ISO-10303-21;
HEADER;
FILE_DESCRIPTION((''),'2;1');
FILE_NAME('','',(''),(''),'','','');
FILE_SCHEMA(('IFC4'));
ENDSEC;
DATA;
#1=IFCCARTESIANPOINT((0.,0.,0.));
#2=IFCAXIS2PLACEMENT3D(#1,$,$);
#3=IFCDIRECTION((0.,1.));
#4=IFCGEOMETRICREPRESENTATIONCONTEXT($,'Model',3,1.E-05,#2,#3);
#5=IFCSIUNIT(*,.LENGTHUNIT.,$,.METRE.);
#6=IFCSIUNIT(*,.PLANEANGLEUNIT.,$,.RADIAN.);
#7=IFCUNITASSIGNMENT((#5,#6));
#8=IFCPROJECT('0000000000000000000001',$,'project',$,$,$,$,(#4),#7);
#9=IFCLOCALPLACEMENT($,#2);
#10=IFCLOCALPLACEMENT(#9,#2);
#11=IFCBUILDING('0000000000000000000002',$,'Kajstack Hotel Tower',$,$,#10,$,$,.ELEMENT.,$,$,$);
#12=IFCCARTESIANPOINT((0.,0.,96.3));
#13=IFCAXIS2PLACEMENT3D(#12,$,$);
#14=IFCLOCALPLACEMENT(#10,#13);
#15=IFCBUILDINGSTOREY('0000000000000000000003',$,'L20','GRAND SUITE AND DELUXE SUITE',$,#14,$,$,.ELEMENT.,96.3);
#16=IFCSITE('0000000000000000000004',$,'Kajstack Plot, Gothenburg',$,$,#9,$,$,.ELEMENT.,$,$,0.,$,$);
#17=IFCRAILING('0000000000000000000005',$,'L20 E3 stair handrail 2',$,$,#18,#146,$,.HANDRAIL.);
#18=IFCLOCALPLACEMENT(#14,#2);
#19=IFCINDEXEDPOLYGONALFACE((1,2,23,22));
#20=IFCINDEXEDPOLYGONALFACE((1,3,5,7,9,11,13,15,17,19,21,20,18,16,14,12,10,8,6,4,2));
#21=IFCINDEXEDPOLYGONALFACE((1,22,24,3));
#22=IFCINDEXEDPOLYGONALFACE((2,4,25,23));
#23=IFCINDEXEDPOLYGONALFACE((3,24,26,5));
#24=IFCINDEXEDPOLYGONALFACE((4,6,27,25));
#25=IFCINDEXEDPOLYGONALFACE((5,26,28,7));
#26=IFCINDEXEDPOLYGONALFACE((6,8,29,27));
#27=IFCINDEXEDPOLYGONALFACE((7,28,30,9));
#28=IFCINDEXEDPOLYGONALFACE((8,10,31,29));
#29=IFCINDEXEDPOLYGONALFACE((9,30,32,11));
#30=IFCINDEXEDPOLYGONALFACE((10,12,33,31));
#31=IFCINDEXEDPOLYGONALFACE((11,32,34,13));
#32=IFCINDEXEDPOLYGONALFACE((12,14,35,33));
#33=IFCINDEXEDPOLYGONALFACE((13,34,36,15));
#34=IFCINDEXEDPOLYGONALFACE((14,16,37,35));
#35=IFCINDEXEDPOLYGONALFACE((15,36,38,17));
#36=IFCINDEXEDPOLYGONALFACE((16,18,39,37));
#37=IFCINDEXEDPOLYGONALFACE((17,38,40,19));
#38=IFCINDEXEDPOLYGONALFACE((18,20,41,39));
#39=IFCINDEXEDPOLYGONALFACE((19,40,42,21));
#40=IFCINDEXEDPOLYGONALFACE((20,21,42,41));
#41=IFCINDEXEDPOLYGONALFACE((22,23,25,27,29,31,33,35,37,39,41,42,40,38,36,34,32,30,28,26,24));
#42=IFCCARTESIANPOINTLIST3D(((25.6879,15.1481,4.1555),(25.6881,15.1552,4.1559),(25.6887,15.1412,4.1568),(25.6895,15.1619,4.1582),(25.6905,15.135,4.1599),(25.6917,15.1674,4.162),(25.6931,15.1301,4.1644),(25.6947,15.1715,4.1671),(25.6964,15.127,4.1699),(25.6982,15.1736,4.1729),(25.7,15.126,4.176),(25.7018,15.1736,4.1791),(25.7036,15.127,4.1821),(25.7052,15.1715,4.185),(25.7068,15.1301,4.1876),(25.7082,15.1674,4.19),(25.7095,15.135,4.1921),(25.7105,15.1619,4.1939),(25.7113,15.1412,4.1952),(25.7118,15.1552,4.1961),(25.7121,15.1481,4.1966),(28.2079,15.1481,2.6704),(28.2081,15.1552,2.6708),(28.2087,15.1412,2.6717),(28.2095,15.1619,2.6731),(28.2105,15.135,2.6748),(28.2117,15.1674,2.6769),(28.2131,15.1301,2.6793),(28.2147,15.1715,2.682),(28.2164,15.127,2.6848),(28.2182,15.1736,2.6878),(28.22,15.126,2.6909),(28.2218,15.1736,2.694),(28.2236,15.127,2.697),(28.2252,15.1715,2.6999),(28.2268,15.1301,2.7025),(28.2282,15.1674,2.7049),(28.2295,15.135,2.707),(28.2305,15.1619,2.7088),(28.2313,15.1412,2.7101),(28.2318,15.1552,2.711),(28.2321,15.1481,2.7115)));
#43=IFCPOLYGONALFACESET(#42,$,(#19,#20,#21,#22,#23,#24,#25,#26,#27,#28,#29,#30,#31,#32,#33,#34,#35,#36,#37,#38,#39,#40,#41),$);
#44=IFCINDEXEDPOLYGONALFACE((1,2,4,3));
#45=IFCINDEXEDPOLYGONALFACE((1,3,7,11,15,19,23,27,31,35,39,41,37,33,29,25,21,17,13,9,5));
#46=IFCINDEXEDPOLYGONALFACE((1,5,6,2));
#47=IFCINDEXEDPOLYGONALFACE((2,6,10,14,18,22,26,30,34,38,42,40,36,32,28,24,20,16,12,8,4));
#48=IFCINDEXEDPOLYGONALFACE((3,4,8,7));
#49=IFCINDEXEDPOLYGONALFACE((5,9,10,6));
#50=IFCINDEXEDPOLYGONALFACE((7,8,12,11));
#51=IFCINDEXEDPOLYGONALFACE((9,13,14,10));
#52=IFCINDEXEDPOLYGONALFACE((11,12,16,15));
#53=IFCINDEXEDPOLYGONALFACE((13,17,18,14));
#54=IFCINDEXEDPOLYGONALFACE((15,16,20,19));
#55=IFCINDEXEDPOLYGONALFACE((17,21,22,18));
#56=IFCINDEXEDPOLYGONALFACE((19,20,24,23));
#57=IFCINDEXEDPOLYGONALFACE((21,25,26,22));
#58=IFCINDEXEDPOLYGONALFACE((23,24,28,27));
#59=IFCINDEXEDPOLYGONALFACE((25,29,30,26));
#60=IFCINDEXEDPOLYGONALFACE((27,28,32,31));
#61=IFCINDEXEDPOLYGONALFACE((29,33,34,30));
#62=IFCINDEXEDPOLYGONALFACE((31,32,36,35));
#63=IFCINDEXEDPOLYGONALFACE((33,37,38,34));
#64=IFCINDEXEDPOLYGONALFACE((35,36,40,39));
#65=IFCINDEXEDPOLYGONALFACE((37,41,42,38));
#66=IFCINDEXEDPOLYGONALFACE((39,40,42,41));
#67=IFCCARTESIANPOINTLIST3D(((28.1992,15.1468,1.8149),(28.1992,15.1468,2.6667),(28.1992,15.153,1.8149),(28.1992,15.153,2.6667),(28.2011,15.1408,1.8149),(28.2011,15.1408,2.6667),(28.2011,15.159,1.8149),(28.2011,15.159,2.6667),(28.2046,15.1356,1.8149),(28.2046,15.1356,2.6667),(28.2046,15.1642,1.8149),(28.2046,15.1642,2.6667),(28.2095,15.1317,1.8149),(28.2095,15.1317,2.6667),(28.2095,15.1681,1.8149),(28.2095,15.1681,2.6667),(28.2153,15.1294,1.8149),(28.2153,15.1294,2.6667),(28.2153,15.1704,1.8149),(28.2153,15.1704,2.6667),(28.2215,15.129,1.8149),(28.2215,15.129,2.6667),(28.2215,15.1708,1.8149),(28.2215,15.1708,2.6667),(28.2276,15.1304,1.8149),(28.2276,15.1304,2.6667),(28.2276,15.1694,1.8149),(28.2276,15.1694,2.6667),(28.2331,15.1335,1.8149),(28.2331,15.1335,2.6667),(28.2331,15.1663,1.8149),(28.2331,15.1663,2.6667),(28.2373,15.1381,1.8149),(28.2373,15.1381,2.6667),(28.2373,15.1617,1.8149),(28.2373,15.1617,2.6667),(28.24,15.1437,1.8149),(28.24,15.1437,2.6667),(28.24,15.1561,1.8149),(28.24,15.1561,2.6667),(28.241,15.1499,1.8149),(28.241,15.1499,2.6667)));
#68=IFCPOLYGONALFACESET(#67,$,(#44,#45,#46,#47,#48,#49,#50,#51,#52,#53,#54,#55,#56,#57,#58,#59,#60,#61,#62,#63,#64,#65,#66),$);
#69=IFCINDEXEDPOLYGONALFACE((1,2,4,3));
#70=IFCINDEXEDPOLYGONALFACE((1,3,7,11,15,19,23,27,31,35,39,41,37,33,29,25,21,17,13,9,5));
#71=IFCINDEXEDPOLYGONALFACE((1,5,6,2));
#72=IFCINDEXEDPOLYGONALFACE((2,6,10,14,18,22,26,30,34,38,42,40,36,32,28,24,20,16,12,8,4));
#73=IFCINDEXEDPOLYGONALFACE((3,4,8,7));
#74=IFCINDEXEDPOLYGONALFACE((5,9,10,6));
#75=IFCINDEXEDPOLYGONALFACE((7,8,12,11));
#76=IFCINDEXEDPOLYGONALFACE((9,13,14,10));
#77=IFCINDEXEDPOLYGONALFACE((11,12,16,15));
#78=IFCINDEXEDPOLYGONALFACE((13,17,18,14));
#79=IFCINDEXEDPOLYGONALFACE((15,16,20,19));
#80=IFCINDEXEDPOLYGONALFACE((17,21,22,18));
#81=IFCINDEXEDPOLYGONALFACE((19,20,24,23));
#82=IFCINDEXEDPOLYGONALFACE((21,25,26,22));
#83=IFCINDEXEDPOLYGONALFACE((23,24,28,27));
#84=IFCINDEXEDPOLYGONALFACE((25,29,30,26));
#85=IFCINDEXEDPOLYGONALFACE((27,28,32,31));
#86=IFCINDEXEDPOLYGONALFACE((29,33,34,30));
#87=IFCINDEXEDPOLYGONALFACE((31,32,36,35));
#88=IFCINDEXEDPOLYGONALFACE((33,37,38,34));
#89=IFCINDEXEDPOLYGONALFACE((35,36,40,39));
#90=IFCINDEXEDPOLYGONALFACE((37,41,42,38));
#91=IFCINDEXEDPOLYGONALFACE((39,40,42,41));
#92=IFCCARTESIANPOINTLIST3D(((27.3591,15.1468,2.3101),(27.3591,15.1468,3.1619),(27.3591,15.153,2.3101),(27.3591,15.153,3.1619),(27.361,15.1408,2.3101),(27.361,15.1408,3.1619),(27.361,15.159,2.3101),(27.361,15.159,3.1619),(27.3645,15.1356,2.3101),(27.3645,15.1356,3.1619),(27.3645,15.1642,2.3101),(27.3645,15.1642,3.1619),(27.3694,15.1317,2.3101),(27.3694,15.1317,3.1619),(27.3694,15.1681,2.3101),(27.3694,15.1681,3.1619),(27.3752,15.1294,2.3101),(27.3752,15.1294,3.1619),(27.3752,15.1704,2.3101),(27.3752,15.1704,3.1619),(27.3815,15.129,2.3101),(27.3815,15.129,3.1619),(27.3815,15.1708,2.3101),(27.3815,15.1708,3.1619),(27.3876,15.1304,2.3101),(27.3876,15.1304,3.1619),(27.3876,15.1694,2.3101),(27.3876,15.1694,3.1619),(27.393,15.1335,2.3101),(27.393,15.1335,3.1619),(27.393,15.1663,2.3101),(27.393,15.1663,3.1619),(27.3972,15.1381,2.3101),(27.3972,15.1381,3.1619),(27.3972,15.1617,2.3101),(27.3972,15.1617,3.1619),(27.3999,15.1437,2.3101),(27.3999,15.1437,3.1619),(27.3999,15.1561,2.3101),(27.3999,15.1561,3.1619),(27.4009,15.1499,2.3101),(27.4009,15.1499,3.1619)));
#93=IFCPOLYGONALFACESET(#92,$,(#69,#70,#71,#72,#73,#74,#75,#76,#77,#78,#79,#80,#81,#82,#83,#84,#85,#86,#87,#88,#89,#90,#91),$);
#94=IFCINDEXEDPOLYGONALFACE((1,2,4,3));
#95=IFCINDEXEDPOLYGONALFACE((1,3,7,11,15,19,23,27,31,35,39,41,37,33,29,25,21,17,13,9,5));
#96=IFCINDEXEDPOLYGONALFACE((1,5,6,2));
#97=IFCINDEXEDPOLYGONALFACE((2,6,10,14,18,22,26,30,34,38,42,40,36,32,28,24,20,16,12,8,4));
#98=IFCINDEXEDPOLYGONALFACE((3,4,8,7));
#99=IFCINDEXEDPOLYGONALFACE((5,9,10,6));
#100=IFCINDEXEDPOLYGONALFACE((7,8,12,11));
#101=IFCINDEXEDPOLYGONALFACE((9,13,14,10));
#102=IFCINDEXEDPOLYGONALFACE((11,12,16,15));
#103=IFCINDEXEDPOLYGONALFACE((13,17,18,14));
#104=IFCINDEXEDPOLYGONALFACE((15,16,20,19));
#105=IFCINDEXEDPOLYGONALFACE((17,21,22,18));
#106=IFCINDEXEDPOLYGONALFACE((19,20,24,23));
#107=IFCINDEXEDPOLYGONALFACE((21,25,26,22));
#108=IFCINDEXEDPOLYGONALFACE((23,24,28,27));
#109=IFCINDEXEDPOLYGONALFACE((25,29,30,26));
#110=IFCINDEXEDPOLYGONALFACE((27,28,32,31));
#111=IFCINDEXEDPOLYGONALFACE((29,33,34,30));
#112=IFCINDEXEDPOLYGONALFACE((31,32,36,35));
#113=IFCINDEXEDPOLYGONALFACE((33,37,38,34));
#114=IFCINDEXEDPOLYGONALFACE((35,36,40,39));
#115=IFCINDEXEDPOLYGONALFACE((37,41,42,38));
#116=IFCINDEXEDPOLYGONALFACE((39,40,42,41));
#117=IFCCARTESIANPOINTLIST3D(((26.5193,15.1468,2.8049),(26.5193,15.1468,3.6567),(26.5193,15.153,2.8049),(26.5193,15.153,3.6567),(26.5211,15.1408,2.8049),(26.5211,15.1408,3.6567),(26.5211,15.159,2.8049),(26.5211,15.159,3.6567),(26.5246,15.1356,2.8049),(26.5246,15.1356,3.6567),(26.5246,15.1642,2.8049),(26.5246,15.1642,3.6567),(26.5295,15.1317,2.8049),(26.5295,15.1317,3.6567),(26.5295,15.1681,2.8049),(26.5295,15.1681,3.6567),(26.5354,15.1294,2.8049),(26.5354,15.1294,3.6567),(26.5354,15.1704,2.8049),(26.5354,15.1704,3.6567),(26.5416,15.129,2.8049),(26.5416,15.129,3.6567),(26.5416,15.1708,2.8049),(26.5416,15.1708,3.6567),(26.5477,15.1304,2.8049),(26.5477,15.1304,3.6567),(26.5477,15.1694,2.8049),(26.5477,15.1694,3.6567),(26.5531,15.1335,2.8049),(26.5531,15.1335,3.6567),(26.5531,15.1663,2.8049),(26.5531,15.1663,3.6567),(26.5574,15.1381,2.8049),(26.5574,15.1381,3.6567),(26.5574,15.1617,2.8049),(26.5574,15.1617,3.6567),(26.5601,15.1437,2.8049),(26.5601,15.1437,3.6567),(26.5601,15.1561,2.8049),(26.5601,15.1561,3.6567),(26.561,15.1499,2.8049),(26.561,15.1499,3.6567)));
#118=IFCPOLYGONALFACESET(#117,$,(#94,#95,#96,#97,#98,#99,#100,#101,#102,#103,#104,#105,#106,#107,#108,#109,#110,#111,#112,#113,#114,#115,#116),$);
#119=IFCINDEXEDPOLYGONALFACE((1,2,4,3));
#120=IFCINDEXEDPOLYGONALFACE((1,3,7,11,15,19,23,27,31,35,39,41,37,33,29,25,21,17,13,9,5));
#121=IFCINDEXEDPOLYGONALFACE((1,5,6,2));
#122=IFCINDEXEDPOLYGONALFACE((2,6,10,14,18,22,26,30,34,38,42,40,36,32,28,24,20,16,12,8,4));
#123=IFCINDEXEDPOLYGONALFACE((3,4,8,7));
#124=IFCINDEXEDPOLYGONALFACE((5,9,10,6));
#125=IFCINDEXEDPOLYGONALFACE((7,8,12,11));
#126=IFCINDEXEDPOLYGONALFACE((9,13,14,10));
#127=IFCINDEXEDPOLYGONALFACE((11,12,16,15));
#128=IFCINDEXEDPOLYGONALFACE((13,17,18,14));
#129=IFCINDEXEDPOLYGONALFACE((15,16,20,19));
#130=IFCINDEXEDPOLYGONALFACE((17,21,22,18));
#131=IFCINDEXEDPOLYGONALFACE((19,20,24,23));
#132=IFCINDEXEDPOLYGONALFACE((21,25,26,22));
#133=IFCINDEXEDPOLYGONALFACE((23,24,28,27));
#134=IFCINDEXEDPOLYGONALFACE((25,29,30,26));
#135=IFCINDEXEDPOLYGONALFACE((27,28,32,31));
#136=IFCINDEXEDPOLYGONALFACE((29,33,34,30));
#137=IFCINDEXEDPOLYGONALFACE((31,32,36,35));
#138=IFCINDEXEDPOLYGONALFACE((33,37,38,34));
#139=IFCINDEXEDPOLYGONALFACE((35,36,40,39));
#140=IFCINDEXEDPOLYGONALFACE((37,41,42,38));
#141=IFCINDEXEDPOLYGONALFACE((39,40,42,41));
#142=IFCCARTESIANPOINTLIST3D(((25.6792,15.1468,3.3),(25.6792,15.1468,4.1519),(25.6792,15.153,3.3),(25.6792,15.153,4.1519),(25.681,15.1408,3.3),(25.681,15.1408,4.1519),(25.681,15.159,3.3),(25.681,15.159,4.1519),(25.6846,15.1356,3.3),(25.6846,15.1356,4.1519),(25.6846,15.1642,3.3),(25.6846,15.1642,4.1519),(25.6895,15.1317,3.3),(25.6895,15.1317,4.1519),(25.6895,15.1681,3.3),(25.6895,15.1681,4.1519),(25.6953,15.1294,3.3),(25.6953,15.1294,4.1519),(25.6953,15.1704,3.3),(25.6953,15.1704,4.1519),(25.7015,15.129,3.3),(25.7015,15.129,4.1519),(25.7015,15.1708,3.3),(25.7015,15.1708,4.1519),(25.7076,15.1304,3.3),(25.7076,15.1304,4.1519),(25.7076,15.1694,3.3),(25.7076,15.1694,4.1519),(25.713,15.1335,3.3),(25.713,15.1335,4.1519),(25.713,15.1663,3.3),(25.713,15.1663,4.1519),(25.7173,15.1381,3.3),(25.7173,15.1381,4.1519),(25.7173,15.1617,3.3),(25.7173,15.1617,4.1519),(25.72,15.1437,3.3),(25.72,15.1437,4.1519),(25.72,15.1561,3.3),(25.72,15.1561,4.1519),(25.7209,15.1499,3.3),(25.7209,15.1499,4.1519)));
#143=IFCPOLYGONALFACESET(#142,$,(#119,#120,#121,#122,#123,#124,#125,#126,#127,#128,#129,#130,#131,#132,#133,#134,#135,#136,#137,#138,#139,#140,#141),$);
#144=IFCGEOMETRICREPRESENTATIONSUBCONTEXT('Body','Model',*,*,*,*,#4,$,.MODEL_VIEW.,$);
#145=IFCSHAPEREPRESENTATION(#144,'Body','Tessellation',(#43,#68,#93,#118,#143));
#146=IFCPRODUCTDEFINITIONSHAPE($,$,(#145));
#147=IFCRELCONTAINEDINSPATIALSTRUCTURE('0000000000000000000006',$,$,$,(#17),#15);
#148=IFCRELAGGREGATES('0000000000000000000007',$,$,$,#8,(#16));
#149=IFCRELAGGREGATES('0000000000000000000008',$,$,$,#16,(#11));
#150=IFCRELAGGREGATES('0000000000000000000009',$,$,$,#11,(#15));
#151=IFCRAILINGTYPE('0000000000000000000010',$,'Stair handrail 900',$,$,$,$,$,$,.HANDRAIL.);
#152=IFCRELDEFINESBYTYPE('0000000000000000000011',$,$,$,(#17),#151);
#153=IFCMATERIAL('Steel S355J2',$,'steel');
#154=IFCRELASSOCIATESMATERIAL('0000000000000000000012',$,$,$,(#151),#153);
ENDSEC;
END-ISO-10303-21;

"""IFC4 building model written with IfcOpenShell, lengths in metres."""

from ifc_helpers import new_model, si_unit, direction, frame, origin, origin_2d, place, context, subcontext, project, spatial, circle, extrude, material, type_object, element, save


model = new_model("IFC4")

# Units and contexts
model_context = context("Model", 3, precision=1e-05, world=origin(), true_north=direction((0.0, 1.0)))
body_context = subcontext(model_context, "Body", "Model", "MODEL_VIEW")
ifc_project = project(units=[si_unit("LENGTHUNIT", "METRE"), si_unit("PLANEANGLEUNIT", "RADIAN")], contexts=[model_context])

# Site, building, storey
site_placement = place(None, origin())
site = spatial("IfcSite", under=ifc_project, at=site_placement, Name="Kajstack Plot, Gothenburg", CompositionType="ELEMENT", RefElevation=0.0)
building_placement = place(site_placement, origin())
building = spatial("IfcBuilding", under=site, at=building_placement, Name="Kajstack Hotel Tower", CompositionType="ELEMENT")
storey_placement = place(building_placement, frame((0.0, 0.0, 96.3)))
storey = spatial("IfcBuildingStorey", under=building, at=storey_placement, Name="L20", Description="GRAND SUITE AND DELUXE SUITE", CompositionType="ELEMENT", Elevation=96.3)

# Railing
ifc_material_1 = material(Name="Steel S355J2", Category="steel")
railing_type_1 = type_object("IfcRailingType", Name="Stair handrail 900", PredefinedType="HANDRAIL", material=ifc_material_1)
railing_1_placement = place(storey_placement, frame((28.22, 15.1499, 1.8149)))
element("IfcRailing", 1, at=railing_1_placement, inside=storey, type_object=railing_type_1, Name="L20 E3 stair handrail 2", PredefinedType="HANDRAIL", context=body_context, shape_type="SweptSolid", body=[
    extrude(circle(Radius=0.0239, at=origin_2d()), frame((0.0, 0.0, 0.876), z_axis=(-0.861524, 0.0, 0.507717), x_axis=(0.0, -1.0, 0.0)), (0.0, 0.0, 1.0), 2.925),
    extrude(circle(Radius=0.021, at=origin_2d()), origin(), (0.0, 0.0, 1.0), 0.8518),
    extrude(circle(Radius=0.021, at=origin_2d()), frame((-0.8401, 0.0, 0.4951)), (0.0, 0.0, 1.0), 0.8518),
    extrude(circle(Radius=0.021, at=origin_2d()), frame((-1.6799, 0.0, 0.99)), (0.0, 0.0, 1.0), 0.8518),
    extrude(circle(Radius=0.021, at=origin_2d()), frame((-2.52, 0.0, 1.4851)), (0.0, 0.0, 1.0), 0.8518),
])

save(model, "model.ifc")
